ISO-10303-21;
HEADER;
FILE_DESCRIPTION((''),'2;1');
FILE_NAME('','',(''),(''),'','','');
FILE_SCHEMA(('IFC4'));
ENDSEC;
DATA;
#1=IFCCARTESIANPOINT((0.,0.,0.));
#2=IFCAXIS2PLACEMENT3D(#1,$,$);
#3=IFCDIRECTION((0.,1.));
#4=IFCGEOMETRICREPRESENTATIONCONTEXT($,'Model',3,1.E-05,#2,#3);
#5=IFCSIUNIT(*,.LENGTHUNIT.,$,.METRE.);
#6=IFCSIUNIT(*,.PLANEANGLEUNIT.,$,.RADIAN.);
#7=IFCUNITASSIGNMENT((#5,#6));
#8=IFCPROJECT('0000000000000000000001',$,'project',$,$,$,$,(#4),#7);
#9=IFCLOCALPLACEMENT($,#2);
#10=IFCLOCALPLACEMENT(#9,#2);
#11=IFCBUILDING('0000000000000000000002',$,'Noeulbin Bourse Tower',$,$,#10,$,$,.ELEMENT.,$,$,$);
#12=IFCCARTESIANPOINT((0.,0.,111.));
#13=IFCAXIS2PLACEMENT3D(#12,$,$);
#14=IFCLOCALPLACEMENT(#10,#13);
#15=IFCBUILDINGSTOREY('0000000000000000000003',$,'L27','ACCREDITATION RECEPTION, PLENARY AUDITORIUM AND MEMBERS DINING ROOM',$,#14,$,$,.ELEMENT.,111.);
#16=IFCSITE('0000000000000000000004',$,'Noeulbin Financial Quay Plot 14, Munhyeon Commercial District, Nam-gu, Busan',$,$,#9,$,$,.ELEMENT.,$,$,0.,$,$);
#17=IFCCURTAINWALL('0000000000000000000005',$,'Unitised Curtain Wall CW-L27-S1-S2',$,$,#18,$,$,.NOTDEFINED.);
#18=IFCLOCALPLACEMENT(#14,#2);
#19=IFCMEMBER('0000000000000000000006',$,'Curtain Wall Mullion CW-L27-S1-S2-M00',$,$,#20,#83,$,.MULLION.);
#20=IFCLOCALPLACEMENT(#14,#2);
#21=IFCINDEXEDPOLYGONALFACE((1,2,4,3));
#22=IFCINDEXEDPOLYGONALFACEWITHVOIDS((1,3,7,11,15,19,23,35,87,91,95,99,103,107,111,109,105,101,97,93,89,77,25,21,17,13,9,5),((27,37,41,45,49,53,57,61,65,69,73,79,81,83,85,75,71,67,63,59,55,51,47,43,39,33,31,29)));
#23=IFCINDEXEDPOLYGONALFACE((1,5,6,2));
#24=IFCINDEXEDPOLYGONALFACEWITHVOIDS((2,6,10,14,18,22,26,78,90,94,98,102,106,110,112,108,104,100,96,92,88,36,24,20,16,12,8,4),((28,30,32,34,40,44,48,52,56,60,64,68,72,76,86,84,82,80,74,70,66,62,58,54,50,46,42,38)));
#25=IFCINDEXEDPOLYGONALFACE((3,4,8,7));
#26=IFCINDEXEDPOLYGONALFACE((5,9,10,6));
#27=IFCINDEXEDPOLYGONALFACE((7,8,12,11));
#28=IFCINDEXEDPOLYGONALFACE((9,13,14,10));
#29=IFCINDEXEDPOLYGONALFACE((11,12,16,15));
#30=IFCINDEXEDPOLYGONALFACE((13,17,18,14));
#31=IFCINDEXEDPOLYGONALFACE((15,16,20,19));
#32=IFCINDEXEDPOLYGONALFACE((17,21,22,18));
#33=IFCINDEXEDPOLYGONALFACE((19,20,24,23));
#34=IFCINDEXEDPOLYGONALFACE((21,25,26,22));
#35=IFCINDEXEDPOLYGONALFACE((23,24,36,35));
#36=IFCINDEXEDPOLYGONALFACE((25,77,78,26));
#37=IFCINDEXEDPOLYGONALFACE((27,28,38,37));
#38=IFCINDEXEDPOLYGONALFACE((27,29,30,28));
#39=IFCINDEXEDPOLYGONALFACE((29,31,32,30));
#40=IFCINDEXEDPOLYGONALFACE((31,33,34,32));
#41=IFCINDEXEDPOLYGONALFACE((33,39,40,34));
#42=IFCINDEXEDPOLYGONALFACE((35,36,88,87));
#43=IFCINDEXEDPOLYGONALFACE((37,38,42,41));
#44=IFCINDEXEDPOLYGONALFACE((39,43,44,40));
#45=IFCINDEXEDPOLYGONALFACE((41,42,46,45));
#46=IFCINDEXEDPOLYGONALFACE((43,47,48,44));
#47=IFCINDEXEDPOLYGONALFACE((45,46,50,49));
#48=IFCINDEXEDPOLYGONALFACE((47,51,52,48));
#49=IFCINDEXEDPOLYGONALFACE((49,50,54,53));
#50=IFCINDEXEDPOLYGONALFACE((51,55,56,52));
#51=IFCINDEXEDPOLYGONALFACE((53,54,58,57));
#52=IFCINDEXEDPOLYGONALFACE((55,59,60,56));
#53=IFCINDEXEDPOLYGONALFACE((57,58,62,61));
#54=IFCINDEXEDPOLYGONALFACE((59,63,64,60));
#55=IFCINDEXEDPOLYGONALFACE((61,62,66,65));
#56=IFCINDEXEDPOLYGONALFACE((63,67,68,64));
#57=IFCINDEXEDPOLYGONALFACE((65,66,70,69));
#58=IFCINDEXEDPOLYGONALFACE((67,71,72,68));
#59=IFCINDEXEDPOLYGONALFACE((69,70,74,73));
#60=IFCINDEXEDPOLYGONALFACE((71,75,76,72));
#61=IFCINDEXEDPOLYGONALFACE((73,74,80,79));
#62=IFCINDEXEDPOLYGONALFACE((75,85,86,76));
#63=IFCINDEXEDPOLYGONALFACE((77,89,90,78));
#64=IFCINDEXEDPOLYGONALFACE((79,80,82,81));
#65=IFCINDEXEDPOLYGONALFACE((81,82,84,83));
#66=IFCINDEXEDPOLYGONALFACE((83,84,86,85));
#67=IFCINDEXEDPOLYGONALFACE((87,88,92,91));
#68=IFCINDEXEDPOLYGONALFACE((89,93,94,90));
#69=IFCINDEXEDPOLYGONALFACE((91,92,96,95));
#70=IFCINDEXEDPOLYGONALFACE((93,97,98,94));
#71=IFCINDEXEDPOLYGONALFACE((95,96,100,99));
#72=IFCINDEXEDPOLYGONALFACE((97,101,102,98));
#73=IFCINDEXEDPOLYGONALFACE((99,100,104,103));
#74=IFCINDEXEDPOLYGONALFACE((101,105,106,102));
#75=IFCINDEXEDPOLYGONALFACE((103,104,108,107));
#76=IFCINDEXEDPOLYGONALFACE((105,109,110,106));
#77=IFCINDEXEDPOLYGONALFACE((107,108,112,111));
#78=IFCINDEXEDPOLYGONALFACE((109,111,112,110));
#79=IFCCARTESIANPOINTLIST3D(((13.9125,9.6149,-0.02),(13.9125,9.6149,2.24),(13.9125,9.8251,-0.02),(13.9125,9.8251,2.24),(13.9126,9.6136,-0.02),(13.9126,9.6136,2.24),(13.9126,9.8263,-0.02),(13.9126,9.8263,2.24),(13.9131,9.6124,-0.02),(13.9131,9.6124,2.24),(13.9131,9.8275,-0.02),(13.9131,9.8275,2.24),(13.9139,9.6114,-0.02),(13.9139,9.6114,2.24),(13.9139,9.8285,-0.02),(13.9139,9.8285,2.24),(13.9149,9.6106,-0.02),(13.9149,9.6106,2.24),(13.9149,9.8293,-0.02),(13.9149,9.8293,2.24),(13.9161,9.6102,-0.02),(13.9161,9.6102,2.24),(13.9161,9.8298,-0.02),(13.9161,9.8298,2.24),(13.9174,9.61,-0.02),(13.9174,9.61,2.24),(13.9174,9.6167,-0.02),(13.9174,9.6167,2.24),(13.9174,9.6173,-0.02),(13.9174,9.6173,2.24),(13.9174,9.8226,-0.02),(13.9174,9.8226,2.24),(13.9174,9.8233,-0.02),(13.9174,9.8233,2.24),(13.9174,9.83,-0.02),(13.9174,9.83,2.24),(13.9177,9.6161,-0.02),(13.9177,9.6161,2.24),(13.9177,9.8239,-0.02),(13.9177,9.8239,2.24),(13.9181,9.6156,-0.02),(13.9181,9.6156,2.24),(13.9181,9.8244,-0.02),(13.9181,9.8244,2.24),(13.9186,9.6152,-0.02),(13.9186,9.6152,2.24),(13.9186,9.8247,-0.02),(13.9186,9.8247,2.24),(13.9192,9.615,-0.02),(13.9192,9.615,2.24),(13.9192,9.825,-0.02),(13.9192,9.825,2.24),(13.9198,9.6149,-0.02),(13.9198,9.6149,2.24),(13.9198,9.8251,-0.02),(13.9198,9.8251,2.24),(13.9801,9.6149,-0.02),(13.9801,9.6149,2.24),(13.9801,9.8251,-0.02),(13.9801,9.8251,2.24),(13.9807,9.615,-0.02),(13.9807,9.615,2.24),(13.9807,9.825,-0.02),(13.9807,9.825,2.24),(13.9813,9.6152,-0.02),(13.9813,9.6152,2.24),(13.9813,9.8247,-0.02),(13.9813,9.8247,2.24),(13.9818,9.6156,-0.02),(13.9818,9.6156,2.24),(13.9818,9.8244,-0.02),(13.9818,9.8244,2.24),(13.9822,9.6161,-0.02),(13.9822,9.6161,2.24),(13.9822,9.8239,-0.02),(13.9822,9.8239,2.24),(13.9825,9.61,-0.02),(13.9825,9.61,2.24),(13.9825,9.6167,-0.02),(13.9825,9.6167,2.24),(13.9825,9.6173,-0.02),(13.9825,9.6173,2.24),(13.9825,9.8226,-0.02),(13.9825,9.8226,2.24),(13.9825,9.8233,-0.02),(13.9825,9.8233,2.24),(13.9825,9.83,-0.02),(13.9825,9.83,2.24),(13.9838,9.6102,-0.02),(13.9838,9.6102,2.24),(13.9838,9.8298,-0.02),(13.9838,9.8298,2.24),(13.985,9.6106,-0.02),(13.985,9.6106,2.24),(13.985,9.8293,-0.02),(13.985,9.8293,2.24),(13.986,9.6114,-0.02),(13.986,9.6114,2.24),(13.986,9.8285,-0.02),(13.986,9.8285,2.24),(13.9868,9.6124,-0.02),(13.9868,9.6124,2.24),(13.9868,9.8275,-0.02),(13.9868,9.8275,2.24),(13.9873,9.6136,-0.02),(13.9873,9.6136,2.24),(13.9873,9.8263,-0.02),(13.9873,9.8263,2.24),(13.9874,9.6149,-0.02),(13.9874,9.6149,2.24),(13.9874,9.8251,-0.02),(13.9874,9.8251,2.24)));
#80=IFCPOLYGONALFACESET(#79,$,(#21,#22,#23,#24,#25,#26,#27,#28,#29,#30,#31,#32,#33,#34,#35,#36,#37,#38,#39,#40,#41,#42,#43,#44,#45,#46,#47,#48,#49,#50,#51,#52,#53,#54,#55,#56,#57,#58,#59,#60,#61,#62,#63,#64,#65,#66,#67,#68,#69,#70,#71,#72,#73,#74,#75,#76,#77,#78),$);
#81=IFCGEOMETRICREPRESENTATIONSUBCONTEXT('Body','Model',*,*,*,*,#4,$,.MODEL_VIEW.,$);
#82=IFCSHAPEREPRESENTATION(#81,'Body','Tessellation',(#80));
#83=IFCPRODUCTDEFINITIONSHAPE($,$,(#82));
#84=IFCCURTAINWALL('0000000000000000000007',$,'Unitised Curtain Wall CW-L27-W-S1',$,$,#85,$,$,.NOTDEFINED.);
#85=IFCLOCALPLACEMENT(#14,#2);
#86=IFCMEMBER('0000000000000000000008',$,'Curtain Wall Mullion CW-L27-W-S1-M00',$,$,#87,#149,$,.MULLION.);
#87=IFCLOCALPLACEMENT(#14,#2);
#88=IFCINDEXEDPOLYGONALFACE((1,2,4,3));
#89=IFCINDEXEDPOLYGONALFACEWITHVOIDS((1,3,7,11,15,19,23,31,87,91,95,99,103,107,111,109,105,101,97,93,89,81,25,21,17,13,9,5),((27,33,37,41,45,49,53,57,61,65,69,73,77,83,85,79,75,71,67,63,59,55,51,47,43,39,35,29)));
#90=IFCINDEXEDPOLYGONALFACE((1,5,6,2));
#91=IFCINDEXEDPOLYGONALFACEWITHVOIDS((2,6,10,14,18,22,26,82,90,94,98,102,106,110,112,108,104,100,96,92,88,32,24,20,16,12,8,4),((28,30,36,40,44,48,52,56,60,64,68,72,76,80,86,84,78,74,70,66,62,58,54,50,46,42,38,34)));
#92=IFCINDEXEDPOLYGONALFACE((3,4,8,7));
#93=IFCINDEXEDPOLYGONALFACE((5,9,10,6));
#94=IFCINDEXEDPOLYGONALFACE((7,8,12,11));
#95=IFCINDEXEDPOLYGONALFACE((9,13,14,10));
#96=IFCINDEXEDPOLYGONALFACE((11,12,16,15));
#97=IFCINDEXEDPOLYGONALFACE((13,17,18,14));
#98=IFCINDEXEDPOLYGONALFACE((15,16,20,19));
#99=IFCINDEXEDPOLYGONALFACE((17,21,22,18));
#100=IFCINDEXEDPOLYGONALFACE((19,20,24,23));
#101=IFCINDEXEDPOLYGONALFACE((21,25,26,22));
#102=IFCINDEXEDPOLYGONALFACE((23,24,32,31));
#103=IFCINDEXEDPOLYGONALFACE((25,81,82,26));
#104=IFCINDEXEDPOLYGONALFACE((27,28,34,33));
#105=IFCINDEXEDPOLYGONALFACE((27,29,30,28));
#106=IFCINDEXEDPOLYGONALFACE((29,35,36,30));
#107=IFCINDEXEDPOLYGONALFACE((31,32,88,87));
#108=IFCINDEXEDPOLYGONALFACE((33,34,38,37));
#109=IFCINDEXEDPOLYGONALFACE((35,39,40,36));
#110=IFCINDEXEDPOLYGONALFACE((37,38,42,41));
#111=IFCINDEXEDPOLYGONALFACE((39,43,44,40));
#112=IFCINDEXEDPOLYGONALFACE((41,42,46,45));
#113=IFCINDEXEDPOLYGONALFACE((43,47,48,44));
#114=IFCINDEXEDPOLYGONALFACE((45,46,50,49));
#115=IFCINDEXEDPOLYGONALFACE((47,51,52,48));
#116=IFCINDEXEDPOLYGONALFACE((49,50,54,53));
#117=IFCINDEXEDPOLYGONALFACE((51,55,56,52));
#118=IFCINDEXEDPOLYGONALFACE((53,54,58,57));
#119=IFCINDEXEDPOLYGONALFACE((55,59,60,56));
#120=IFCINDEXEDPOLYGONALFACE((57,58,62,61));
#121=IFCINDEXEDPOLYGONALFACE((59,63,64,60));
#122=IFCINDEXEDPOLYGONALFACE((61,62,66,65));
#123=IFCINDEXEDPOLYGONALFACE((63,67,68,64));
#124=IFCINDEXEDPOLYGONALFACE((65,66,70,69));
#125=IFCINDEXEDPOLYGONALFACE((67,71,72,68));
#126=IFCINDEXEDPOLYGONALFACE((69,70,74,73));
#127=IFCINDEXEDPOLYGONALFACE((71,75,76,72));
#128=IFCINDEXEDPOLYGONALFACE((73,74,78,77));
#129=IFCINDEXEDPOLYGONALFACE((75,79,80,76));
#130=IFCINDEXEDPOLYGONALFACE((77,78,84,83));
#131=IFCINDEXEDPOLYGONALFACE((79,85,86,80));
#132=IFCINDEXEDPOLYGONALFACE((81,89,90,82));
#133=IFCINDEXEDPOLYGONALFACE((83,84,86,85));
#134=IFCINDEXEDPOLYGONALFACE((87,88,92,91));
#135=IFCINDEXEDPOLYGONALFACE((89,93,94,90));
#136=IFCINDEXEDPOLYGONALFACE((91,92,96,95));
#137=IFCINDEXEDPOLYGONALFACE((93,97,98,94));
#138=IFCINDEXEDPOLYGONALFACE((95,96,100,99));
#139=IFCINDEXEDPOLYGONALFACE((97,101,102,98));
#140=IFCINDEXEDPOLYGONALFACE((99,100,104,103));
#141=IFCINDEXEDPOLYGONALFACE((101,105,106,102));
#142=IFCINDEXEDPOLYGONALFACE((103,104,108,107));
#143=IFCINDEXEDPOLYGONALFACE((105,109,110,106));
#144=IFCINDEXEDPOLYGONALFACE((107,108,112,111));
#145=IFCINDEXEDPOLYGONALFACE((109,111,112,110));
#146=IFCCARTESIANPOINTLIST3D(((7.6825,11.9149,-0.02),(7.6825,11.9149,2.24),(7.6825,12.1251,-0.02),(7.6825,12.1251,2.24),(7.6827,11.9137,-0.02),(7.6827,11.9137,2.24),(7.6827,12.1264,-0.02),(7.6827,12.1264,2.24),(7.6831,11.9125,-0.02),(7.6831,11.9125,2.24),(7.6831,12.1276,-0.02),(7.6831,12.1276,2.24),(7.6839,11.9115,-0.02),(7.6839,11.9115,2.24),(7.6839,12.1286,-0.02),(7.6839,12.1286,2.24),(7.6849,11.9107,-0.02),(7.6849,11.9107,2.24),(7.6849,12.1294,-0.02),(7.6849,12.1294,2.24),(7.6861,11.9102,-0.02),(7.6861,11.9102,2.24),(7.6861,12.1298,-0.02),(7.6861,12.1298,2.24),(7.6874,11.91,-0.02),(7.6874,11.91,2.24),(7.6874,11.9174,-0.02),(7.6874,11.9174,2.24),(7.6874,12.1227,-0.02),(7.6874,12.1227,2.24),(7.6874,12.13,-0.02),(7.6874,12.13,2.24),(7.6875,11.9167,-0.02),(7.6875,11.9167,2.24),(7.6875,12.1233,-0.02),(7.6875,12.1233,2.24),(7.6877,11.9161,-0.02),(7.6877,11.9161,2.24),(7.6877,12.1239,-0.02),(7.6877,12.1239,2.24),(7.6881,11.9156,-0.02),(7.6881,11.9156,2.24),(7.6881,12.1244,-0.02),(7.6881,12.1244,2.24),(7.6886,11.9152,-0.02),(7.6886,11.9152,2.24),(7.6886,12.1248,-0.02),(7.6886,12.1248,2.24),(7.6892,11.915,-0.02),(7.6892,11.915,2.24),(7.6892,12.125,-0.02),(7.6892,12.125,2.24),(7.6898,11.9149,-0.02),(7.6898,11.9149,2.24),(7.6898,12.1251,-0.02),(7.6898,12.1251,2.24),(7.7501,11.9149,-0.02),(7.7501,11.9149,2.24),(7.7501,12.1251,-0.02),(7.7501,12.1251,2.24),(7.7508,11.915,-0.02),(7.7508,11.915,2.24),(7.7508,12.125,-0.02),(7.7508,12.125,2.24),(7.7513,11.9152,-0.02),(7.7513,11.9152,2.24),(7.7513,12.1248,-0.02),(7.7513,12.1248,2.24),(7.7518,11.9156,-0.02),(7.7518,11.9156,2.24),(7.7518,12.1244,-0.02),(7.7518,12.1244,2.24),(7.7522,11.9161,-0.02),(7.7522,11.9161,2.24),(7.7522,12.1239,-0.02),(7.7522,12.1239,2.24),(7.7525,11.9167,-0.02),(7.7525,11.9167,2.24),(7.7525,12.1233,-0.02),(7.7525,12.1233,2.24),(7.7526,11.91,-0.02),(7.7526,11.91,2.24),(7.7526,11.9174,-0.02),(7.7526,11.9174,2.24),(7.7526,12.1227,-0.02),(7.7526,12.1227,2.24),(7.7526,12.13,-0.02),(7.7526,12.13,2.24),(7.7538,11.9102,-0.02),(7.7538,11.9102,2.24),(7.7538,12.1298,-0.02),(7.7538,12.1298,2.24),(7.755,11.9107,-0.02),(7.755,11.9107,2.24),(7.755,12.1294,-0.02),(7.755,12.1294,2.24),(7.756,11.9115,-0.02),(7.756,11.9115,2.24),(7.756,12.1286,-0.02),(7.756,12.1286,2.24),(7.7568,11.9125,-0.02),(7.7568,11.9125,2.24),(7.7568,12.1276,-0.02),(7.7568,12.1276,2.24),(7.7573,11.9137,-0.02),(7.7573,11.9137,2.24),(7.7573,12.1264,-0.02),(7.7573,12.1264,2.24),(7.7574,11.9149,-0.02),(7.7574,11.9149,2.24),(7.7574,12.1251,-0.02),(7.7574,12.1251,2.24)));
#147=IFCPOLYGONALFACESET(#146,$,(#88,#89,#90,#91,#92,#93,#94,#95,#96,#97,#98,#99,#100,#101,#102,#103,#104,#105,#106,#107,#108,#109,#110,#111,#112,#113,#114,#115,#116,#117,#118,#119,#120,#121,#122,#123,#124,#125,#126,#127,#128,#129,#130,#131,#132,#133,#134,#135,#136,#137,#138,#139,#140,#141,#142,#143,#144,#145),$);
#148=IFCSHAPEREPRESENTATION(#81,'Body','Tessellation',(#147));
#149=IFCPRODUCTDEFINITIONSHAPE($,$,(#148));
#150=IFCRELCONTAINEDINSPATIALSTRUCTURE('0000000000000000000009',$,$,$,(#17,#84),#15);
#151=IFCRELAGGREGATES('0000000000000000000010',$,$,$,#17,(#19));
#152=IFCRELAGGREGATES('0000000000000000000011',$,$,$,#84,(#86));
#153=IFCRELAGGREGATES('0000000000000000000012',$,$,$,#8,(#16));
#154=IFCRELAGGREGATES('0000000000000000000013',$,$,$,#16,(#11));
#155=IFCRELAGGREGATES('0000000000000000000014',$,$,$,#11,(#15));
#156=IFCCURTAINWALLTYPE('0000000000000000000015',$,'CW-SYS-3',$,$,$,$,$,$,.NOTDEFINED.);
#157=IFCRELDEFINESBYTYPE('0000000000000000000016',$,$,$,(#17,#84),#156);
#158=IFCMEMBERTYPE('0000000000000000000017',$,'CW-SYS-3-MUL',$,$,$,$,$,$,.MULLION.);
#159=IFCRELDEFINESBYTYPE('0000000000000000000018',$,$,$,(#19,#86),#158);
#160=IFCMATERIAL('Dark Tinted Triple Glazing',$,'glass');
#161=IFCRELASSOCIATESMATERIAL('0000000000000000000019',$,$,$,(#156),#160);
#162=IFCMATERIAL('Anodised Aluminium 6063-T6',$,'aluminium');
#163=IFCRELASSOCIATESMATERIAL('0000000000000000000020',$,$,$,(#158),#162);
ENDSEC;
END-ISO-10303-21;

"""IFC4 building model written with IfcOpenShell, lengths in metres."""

from ifc_helpers import new_model, si_unit, direction, frame, origin, origin_2d, place, context, subcontext, project, spatial, hollow_rectangle, extrude, material, material_profile, profile_set, type_object, element, aggregate, save


model = new_model("IFC4")

# Units and contexts
model_context = context("Model", 3, precision=1e-05, world=origin(), true_north=direction((0.0, 1.0)))
body_context = subcontext(model_context, "Body", "Model", "MODEL_VIEW")
ifc_project = project(units=[si_unit("LENGTHUNIT", "METRE"), si_unit("PLANEANGLEUNIT", "RADIAN")], contexts=[model_context])

# Site, building, storey
site_placement = place(None, origin())
site = spatial("IfcSite", under=ifc_project, at=site_placement, Name="Noeulbin Financial Quay Plot 14, Munhyeon Commercial District, Nam-gu, Busan", CompositionType="ELEMENT", RefElevation=0.0)
building_placement = place(site_placement, origin())
building = spatial("IfcBuilding", under=site, at=building_placement, Name="Noeulbin Bourse Tower", CompositionType="ELEMENT")
storey_placement = place(building_placement, frame((0.0, 0.0, 111.0)))
storey = spatial("IfcBuildingStorey", under=building, at=storey_placement, Name="L27", Description="ACCREDITATION RECEPTION, PLENARY AUDITORIUM AND MEMBERS DINING ROOM", CompositionType="ELEMENT", Elevation=111.0)

# Shared definitions
ifc_material_1 = material(Name="Dark Tinted Triple Glazing", Category="glass")
curtain_wall_type = type_object("IfcCurtainWallType", Name="CW-SYS-3", PredefinedType="NOTDEFINED", material=ifc_material_1)
ifc_material_2 = material(Name="Anodised Aluminium 6063-T6", Category="aluminium")
ifc_material_profile_1 = material_profile(ifc_material_2, hollow_rectangle(XDim=0.075, YDim=0.22, WallThickness=0.0049, InnerFilletRadius=0.0024, OuterFilletRadius=0.0049, at=origin_2d()), Name="ALU-MULL-75x220x5", Category="LoadBearing")
ifc_profile_set_1 = profile_set([ifc_material_profile_1], Name="Anodised Aluminium 6063-T6")
member_type_1 = type_object("IfcMemberType", Name="CW-SYS-3-MUL", PredefinedType="MULLION", material=ifc_profile_set_1)

# Curtain walls, members
curtain_wall_1_placement = place(storey_placement, origin())
curtain_wall_1 = element("IfcCurtainWall", 1, at=curtain_wall_1_placement, inside=storey, type_object=curtain_wall_type, Name="Unitised Curtain Wall CW-L27-S1-S2", PredefinedType="NOTDEFINED")
member_1_placement = place(storey_placement, frame((13.95, 9.72, -0.02), z_axis=(0.0, 0.0, 1.0), x_axis=(1.0, 0.0, 0.0)))
member_1 = element("IfcMember", 2, at=member_1_placement, type_object=member_type_1, Name="Curtain Wall Mullion CW-L27-S1-S2-M00", PredefinedType="MULLION", context=body_context, shape_type="SweptSolid", body=[
    extrude(hollow_rectangle(XDim=0.075, YDim=0.22, WallThickness=0.0049, InnerFilletRadius=0.0024, OuterFilletRadius=0.0049, at=origin_2d()), origin(), (0.0, 0.0, 1.0), 2.26),
])
curtain_wall_2_placement = place(storey_placement, origin())
curtain_wall_2 = element("IfcCurtainWall", 3, at=curtain_wall_2_placement, inside=storey, type_object=curtain_wall_type, Name="Unitised Curtain Wall CW-L27-W-S1", PredefinedType="NOTDEFINED")
member_2_placement = place(storey_placement, frame((7.72, 12.02, -0.02), z_axis=(0.0, 0.0, 1.0), x_axis=(1.0, 0.0, 0.0)))
member_2 = element("IfcMember", 4, at=member_2_placement, type_object=member_type_1, Name="Curtain Wall Mullion CW-L27-W-S1-M00", PredefinedType="MULLION", context=body_context, shape_type="SweptSolid", body=[
    extrude(hollow_rectangle(XDim=0.075, YDim=0.22, WallThickness=0.0049, InnerFilletRadius=0.0024, OuterFilletRadius=0.0049, at=origin_2d()), origin(), (0.0, 0.0, 1.0), 2.26),
])

aggregate(curtain_wall_1, [member_1])

aggregate(curtain_wall_2, [member_2])

save(model, "model.ifc")
